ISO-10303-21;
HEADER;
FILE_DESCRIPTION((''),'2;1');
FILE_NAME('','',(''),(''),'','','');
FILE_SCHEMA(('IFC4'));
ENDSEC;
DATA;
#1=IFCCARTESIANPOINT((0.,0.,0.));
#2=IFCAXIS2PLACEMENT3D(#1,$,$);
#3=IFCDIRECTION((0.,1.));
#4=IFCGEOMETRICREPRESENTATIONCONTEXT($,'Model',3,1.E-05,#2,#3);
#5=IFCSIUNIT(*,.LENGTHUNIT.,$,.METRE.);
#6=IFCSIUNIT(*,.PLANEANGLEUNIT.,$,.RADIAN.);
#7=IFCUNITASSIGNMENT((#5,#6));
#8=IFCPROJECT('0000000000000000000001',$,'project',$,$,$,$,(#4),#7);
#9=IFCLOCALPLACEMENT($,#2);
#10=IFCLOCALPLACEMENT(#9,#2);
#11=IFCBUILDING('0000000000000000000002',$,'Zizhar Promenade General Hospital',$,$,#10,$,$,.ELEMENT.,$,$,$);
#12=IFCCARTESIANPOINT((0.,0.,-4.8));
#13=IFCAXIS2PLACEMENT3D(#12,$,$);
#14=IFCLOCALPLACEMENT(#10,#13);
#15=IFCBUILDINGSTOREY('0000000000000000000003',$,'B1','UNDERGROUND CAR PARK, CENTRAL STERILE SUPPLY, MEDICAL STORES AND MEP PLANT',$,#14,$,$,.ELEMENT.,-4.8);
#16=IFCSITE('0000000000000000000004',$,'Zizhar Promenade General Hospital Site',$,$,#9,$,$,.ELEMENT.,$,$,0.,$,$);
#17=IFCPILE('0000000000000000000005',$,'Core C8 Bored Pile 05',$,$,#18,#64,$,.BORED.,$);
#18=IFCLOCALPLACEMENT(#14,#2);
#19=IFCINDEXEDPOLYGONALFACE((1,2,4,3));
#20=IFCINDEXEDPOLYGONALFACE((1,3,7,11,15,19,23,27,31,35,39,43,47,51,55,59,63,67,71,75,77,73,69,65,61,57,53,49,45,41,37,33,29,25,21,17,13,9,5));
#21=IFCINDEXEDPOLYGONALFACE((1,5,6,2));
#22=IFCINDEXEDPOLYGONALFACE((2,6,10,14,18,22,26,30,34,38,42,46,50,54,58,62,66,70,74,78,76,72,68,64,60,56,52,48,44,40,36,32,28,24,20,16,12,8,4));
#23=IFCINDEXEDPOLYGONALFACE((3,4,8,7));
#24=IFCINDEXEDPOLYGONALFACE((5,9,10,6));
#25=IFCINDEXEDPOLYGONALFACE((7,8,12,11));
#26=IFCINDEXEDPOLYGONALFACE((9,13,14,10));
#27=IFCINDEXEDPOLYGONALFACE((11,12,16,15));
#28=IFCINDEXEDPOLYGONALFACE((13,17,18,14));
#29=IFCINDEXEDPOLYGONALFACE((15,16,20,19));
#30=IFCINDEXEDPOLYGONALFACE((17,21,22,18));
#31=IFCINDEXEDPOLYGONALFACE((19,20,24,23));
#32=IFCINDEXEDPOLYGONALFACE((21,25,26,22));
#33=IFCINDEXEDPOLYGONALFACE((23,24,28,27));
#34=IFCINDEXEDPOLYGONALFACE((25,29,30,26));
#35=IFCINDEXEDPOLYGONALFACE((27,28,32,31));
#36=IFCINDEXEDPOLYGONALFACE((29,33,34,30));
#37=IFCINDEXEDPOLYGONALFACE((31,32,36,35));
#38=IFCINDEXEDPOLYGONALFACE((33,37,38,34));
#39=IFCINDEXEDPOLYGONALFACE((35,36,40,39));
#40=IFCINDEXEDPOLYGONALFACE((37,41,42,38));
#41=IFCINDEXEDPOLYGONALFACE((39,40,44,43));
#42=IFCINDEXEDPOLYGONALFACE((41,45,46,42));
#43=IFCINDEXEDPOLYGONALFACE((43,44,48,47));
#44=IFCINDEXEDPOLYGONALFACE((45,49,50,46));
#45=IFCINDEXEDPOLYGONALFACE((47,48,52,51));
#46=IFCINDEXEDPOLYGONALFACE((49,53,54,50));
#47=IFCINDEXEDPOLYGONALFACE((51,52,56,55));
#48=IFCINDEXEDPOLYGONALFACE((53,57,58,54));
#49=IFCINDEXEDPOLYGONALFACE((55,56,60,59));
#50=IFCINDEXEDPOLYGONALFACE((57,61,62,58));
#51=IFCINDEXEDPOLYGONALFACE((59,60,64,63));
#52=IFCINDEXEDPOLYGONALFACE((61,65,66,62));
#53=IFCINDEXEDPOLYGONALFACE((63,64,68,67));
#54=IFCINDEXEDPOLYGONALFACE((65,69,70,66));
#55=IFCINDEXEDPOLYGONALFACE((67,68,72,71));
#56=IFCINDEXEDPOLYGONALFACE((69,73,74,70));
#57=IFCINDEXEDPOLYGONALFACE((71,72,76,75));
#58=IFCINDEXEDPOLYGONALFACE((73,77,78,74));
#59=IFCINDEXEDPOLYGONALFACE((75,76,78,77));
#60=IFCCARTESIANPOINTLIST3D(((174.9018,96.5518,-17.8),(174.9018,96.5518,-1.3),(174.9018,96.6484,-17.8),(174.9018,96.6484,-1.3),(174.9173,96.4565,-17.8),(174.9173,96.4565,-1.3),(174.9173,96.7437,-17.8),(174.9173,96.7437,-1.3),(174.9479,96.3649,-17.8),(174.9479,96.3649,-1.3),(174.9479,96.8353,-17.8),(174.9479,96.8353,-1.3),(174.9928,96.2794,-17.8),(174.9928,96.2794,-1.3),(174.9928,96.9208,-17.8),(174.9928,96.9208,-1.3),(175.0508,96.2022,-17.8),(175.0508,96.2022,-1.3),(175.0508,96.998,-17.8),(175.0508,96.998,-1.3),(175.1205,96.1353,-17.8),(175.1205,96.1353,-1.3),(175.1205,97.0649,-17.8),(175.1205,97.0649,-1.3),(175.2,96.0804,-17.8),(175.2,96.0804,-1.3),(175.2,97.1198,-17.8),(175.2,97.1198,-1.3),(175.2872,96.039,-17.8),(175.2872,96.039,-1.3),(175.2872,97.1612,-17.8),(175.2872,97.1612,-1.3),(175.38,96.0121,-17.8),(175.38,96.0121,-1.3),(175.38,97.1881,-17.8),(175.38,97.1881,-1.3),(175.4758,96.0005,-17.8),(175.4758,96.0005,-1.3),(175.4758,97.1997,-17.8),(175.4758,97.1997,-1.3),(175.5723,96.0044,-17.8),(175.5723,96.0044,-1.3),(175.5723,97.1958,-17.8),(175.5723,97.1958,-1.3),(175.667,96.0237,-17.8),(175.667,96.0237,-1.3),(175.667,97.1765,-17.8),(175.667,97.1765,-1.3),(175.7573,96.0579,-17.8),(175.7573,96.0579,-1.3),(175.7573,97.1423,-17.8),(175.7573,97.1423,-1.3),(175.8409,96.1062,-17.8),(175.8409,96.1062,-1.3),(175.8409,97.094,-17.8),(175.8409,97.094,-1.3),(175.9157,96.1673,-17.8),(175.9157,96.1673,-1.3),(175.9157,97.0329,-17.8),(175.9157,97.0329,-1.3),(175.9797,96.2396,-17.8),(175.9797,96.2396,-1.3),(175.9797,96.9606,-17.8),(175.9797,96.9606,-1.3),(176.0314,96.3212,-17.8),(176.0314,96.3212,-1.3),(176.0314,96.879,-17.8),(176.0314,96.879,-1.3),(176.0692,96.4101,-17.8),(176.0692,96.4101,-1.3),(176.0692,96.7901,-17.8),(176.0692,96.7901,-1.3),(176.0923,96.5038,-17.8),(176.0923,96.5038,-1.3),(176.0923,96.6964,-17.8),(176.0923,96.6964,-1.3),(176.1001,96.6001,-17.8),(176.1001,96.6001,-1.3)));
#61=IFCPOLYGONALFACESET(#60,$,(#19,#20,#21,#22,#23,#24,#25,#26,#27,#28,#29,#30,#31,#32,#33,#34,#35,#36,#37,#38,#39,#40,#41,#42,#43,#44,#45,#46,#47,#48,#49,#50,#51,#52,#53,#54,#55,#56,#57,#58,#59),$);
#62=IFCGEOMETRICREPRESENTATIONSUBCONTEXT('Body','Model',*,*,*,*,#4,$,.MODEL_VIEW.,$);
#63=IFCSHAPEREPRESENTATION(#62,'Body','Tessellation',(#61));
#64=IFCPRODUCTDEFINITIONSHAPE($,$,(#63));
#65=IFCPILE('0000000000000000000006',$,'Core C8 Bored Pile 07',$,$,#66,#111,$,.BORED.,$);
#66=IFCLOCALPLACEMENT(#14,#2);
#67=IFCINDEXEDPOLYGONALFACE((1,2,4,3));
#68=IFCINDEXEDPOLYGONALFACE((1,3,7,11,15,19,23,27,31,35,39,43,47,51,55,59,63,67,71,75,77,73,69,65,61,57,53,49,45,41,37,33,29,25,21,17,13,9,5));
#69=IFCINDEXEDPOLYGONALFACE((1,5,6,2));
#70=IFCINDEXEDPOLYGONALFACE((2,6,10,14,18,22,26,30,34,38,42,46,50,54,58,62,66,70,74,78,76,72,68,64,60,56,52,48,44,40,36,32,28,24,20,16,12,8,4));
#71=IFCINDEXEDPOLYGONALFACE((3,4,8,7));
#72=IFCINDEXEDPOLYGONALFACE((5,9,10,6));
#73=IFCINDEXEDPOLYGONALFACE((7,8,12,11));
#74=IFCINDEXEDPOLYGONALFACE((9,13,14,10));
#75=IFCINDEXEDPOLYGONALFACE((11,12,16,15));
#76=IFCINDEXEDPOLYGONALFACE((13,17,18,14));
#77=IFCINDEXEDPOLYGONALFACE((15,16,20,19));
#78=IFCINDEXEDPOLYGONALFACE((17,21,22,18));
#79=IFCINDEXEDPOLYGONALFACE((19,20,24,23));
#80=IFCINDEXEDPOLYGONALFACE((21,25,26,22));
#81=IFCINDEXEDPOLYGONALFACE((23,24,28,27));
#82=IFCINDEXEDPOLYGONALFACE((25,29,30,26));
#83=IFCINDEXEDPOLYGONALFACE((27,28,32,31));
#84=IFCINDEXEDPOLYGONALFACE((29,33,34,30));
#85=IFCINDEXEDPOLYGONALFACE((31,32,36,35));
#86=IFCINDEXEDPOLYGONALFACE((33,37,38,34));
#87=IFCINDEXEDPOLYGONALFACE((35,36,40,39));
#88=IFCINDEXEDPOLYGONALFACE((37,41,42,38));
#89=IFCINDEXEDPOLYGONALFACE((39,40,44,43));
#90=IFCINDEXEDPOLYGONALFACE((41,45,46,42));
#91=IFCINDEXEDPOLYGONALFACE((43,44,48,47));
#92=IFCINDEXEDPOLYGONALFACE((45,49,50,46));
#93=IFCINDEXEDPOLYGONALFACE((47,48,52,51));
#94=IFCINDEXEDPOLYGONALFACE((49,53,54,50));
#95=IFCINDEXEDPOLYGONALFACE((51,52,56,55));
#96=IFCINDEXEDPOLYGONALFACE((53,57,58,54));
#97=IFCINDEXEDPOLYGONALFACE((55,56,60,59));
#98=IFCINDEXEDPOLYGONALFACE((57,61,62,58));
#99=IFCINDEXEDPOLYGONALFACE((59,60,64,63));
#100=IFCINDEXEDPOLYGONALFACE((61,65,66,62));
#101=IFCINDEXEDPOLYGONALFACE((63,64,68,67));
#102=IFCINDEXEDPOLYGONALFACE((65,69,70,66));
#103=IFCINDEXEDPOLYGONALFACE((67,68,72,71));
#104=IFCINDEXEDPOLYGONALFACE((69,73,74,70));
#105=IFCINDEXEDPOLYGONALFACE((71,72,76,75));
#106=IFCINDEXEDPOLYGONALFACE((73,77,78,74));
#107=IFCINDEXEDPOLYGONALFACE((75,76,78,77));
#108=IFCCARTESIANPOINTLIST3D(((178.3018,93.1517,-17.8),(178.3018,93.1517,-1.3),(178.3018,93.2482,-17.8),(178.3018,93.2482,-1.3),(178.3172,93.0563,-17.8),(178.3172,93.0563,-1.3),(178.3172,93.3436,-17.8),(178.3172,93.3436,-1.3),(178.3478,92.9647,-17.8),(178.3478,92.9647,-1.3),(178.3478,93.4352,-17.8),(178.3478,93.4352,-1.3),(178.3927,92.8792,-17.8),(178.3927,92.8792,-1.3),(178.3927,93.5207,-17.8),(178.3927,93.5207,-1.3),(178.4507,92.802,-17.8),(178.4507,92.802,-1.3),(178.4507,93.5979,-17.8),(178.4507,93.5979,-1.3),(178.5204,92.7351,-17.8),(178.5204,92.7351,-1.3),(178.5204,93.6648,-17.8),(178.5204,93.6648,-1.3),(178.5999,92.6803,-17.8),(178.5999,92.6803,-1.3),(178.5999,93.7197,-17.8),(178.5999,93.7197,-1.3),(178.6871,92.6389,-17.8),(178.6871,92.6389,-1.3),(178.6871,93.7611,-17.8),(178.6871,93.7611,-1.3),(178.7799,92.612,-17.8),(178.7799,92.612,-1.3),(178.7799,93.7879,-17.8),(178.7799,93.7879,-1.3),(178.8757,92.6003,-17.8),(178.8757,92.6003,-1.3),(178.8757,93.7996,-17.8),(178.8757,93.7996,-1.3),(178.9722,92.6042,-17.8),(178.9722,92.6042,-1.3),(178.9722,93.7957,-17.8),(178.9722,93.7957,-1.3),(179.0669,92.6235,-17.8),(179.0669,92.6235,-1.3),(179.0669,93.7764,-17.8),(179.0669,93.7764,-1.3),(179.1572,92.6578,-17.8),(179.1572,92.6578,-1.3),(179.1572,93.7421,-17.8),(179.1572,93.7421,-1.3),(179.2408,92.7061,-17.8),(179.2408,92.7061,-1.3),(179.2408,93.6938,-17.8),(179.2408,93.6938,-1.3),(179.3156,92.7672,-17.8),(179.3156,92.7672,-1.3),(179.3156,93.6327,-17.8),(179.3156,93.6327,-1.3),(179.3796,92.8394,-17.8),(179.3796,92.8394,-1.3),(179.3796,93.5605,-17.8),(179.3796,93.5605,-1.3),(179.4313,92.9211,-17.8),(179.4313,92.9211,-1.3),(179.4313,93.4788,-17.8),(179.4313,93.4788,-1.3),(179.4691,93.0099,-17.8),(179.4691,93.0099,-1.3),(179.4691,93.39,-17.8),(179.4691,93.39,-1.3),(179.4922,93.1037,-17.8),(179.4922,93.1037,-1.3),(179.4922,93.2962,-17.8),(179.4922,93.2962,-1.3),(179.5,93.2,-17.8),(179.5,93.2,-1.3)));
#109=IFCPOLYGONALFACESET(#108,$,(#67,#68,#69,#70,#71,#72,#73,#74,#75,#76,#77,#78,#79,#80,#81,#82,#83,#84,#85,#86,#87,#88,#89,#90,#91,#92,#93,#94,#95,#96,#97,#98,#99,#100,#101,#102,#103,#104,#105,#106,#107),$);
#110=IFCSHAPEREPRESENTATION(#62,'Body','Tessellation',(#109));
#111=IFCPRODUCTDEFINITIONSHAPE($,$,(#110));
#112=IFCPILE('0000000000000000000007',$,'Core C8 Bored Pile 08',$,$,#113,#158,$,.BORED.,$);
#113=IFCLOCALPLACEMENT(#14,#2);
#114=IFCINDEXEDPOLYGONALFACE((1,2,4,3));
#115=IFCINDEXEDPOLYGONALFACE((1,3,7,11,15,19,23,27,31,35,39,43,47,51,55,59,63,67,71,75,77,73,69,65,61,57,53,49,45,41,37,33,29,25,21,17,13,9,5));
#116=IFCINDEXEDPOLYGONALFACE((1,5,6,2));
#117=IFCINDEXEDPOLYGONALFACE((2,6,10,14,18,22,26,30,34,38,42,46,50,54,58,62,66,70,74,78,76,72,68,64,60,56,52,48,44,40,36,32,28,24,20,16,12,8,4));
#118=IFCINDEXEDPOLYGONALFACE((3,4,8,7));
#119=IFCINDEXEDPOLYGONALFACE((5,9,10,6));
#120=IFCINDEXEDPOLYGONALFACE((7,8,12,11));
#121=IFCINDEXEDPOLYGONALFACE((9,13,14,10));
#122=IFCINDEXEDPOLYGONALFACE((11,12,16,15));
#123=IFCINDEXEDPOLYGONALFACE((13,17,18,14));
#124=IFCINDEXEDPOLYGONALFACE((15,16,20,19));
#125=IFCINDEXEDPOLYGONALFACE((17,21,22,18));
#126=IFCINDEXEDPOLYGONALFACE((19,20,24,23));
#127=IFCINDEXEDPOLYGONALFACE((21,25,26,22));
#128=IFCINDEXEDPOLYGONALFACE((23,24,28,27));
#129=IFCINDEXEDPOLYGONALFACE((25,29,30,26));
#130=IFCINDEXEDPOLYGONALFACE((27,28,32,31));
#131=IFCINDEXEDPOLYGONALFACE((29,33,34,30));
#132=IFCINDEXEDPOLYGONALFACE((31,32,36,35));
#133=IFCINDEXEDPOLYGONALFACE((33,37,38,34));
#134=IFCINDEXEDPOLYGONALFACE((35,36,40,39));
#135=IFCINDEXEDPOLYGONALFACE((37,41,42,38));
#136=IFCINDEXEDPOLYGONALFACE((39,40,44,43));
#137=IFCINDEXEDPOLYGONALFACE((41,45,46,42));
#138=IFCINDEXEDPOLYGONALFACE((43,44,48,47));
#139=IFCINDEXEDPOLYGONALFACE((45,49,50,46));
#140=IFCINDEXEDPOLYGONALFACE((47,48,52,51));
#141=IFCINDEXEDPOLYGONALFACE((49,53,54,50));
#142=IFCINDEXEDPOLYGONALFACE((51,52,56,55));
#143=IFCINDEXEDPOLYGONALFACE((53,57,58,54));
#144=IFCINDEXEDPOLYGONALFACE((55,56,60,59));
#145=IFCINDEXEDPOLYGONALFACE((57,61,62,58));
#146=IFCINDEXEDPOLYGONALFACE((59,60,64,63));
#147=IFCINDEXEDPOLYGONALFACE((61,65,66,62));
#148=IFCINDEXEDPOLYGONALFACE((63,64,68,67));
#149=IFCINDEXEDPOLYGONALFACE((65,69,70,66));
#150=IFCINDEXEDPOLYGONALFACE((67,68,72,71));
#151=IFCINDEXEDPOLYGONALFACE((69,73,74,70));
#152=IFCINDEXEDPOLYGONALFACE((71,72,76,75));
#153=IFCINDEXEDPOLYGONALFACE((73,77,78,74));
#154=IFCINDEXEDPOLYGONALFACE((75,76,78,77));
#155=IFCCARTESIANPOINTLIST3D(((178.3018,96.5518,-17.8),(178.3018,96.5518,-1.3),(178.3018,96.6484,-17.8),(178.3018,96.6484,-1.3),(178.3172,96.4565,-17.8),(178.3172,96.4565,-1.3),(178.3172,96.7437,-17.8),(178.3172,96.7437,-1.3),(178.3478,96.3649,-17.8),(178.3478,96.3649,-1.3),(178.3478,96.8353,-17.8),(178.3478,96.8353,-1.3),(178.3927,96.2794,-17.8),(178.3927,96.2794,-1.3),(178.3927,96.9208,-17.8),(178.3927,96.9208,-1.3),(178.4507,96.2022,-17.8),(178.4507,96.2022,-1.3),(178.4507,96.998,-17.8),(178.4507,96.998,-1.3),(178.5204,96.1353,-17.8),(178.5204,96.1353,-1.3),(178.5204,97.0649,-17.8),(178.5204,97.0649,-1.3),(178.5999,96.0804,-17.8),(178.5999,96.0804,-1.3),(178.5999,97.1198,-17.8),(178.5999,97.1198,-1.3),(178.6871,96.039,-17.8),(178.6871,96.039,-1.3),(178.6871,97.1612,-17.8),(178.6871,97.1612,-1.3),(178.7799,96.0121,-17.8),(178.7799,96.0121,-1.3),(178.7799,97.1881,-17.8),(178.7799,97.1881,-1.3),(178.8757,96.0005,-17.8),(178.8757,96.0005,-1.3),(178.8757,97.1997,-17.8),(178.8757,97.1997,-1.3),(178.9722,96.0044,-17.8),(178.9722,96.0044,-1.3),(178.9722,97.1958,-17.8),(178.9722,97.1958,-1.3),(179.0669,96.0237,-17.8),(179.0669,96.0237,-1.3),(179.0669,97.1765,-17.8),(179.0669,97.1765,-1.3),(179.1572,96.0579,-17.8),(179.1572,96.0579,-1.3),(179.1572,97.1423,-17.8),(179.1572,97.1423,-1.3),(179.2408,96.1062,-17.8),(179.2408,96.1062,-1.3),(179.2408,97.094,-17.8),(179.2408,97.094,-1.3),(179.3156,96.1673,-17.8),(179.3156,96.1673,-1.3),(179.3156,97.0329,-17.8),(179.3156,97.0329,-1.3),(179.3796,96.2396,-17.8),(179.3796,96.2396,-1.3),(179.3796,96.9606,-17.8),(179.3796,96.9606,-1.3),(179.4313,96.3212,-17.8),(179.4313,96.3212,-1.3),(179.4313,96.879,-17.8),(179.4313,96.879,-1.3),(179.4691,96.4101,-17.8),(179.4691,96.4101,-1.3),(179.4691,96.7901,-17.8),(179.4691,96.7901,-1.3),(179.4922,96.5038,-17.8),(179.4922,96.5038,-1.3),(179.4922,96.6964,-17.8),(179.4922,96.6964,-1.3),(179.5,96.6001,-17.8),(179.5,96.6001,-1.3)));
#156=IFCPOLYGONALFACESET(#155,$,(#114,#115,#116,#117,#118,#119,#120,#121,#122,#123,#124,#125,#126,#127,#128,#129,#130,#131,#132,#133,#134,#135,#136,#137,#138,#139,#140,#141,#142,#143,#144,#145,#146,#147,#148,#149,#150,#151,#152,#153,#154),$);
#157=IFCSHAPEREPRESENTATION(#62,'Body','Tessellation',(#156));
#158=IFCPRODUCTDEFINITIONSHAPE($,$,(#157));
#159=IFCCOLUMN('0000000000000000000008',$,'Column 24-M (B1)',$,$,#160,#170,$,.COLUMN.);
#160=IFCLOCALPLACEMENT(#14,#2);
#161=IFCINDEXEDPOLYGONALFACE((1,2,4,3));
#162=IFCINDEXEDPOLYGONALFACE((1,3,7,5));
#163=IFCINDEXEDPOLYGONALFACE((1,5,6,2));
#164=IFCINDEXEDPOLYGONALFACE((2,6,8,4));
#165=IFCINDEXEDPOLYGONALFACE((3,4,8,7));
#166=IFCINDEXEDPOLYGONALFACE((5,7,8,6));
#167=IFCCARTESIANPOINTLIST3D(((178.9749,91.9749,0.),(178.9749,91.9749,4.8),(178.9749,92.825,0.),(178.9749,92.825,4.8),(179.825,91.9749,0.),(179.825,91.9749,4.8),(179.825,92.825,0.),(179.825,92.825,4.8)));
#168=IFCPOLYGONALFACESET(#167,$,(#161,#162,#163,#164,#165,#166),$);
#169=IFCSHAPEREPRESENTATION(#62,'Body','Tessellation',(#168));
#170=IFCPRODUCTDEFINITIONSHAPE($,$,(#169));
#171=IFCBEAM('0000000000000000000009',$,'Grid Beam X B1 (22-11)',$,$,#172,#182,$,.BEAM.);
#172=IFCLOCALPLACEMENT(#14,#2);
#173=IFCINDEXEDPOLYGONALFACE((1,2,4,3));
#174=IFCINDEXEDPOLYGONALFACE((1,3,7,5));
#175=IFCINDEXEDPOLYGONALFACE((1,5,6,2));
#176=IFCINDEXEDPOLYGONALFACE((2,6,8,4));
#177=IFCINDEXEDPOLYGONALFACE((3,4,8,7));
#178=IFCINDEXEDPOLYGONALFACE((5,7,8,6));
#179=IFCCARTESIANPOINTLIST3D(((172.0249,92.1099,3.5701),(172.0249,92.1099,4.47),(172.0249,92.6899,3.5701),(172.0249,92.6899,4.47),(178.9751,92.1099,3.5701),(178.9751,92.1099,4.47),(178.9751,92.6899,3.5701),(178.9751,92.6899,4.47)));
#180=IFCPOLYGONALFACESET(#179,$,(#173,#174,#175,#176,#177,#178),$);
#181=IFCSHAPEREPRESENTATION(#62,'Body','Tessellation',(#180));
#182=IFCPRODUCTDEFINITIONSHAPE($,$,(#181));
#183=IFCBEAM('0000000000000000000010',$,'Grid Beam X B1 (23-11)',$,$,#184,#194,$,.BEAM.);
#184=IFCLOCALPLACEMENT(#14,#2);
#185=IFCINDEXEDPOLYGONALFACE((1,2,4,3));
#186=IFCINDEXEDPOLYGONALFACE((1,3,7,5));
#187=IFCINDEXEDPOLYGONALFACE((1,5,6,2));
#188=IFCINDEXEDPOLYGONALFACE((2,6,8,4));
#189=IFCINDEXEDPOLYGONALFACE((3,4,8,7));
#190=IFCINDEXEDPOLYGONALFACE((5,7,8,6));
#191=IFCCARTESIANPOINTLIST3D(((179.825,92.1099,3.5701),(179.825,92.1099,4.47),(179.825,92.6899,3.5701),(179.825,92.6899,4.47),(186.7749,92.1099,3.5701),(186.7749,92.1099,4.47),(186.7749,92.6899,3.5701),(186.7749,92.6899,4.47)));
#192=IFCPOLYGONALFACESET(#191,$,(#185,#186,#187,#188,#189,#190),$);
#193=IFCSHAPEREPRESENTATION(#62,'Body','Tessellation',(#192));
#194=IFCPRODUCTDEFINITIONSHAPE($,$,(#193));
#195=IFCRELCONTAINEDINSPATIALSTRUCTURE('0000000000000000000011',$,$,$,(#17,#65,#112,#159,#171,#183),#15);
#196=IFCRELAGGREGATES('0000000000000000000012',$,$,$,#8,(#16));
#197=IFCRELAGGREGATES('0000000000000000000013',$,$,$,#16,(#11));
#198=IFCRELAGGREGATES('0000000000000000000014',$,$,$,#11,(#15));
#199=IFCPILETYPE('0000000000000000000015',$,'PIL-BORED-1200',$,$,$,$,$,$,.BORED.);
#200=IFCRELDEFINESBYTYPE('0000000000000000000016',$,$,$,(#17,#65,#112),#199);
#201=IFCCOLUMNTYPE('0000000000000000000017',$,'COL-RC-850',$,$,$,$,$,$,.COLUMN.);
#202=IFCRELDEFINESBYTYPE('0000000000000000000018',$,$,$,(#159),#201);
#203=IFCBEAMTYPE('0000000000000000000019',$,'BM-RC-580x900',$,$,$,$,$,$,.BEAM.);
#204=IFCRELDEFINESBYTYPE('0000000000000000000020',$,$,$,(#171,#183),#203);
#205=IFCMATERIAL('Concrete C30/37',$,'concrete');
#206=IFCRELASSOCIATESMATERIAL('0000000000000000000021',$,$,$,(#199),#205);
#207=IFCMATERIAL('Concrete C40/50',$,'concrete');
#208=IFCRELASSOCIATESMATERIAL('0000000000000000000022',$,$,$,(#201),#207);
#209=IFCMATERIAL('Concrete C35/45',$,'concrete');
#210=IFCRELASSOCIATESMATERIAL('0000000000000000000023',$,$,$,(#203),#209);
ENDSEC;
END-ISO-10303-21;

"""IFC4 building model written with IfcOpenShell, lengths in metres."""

from ifc_helpers import new_model, si_unit, direction, frame, origin, origin_2d, place, context, subcontext, project, spatial, rectangle, circle, extrude, material, material_profile, profile_set, type_object, element, save


model = new_model("IFC4")

# Units and contexts
model_context = context("Model", 3, precision=1e-05, world=origin(), true_north=direction((0.0, 1.0)))
body_context = subcontext(model_context, "Body", "Model", "MODEL_VIEW")
ifc_project = project(units=[si_unit("LENGTHUNIT", "METRE"), si_unit("PLANEANGLEUNIT", "RADIAN")], contexts=[model_context])

# Site, building, storey
site_placement = place(None, origin())
site = spatial("IfcSite", under=ifc_project, at=site_placement, Name="Zizhar Promenade General Hospital Site", CompositionType="ELEMENT", RefElevation=0.0)
building_placement = place(site_placement, origin())
building = spatial("IfcBuilding", under=site, at=building_placement, Name="Zizhar Promenade General Hospital", CompositionType="ELEMENT")
storey_placement = place(building_placement, frame((0.0, 0.0, -4.8)))
storey = spatial("IfcBuildingStorey", under=building, at=storey_placement, Name="B1", Description="UNDERGROUND CAR PARK, CENTRAL STERILE SUPPLY, MEDICAL STORES AND MEP PLANT", CompositionType="ELEMENT", Elevation=-4.8)

# Piles
ifc_material_1 = material(Name="Concrete C30/37", Category="concrete")
ifc_material_profile_1 = material_profile(ifc_material_1, circle(Radius=0.6001, at=origin_2d()))
ifc_profile_set_1 = profile_set([ifc_material_profile_1], Name="Concrete C30/37")
pile_type = type_object("IfcPileType", Name="PIL-BORED-1200", PredefinedType="BORED", material=ifc_profile_set_1)
for number, where, z_axis, x_axis, name in (
    (1, (175.5, 96.6001, -1.3), (0.0, 0.0, -1.0), (1.0, 0.0, 0.0), "Core C8 Bored Pile 05"),
    (2, (178.8999, 93.2, -1.3), (0.0, 0.0, -1.0), (1.0, 0.0, 0.0), "Core C8 Bored Pile 07"),
    (3, (178.8999, 96.6001, -1.3), (0.0, 0.0, -1.0), (1.0, 0.0, 0.0), "Core C8 Bored Pile 08"),
):
    element("IfcPile", number, at=place(storey_placement, frame(where, z_axis=z_axis, x_axis=x_axis)), inside=storey, type_object=pile_type, Name=name, PredefinedType="BORED", context=body_context, shape_type="SweptSolid", body=[
        extrude(circle(Radius=0.6001, at=origin_2d()), origin(), (0.0, 0.0, 1.0), 16.5),
    ])

# Column
ifc_material_2 = material(Name="Concrete C40/50", Category="concrete")
ifc_material_profile_2 = material_profile(ifc_material_2, rectangle(XDim=0.8501, YDim=0.8501, at=origin_2d()))
ifc_profile_set_2 = profile_set([ifc_material_profile_2], Name="Concrete C40/50")
column_type = type_object("IfcColumnType", Name="COL-RC-850", PredefinedType="COLUMN", material=ifc_profile_set_2)
column_placement = place(storey_placement, frame((179.3999, 92.3999, 0.0), z_axis=(0.0, 0.0, 1.0), x_axis=(1.0, 0.0, 0.0)))
element("IfcColumn", 4, at=column_placement, inside=storey, type_object=column_type, Name="Column 24-M (B1)", PredefinedType="COLUMN", context=body_context, shape_type="SweptSolid", body=[
    extrude(rectangle(XDim=0.8501, YDim=0.8501, at=origin_2d()), origin(), (0.0, 0.0, 1.0), 4.8),
])

# Beams
ifc_material_3 = material(Name="Concrete C35/45", Category="concrete")
ifc_material_profile_3 = material_profile(ifc_material_3, rectangle(XDim=0.5801, YDim=0.8999, at=origin_2d()))
ifc_profile_set_3 = profile_set([ifc_material_profile_3], Name="Concrete C35/45")
beam_type_1 = type_object("IfcBeamType", Name="BM-RC-580x900", PredefinedType="BEAM", material=ifc_profile_set_3)
beam_1_placement = place(storey_placement, frame((172.0249, 92.3999, 4.02), z_axis=(1.0, 0.0, 0.0), x_axis=(0.0, 1.0, 0.0)))
element("IfcBeam", 5, at=beam_1_placement, inside=storey, type_object=beam_type_1, Name="Grid Beam X B1 (22-11)", PredefinedType="BEAM", context=body_context, shape_type="SweptSolid", body=[
    extrude(rectangle(XDim=0.5801, YDim=0.8999, at=origin_2d()), origin(), (0.0, 0.0, 1.0), 6.9502),
])
beam_2_placement = place(storey_placement, frame((179.825, 92.3999, 4.02), z_axis=(1.0, 0.0, 0.0), x_axis=(0.0, 1.0, 0.0)))
element("IfcBeam", 6, at=beam_2_placement, inside=storey, type_object=beam_type_1, Name="Grid Beam X B1 (23-11)", PredefinedType="BEAM", context=body_context, shape_type="SweptSolid", body=[
    extrude(rectangle(XDim=0.5801, YDim=0.8999, at=origin_2d()), origin(), (0.0, 0.0, 1.0), 6.95),
])

save(model, "model.ifc")
